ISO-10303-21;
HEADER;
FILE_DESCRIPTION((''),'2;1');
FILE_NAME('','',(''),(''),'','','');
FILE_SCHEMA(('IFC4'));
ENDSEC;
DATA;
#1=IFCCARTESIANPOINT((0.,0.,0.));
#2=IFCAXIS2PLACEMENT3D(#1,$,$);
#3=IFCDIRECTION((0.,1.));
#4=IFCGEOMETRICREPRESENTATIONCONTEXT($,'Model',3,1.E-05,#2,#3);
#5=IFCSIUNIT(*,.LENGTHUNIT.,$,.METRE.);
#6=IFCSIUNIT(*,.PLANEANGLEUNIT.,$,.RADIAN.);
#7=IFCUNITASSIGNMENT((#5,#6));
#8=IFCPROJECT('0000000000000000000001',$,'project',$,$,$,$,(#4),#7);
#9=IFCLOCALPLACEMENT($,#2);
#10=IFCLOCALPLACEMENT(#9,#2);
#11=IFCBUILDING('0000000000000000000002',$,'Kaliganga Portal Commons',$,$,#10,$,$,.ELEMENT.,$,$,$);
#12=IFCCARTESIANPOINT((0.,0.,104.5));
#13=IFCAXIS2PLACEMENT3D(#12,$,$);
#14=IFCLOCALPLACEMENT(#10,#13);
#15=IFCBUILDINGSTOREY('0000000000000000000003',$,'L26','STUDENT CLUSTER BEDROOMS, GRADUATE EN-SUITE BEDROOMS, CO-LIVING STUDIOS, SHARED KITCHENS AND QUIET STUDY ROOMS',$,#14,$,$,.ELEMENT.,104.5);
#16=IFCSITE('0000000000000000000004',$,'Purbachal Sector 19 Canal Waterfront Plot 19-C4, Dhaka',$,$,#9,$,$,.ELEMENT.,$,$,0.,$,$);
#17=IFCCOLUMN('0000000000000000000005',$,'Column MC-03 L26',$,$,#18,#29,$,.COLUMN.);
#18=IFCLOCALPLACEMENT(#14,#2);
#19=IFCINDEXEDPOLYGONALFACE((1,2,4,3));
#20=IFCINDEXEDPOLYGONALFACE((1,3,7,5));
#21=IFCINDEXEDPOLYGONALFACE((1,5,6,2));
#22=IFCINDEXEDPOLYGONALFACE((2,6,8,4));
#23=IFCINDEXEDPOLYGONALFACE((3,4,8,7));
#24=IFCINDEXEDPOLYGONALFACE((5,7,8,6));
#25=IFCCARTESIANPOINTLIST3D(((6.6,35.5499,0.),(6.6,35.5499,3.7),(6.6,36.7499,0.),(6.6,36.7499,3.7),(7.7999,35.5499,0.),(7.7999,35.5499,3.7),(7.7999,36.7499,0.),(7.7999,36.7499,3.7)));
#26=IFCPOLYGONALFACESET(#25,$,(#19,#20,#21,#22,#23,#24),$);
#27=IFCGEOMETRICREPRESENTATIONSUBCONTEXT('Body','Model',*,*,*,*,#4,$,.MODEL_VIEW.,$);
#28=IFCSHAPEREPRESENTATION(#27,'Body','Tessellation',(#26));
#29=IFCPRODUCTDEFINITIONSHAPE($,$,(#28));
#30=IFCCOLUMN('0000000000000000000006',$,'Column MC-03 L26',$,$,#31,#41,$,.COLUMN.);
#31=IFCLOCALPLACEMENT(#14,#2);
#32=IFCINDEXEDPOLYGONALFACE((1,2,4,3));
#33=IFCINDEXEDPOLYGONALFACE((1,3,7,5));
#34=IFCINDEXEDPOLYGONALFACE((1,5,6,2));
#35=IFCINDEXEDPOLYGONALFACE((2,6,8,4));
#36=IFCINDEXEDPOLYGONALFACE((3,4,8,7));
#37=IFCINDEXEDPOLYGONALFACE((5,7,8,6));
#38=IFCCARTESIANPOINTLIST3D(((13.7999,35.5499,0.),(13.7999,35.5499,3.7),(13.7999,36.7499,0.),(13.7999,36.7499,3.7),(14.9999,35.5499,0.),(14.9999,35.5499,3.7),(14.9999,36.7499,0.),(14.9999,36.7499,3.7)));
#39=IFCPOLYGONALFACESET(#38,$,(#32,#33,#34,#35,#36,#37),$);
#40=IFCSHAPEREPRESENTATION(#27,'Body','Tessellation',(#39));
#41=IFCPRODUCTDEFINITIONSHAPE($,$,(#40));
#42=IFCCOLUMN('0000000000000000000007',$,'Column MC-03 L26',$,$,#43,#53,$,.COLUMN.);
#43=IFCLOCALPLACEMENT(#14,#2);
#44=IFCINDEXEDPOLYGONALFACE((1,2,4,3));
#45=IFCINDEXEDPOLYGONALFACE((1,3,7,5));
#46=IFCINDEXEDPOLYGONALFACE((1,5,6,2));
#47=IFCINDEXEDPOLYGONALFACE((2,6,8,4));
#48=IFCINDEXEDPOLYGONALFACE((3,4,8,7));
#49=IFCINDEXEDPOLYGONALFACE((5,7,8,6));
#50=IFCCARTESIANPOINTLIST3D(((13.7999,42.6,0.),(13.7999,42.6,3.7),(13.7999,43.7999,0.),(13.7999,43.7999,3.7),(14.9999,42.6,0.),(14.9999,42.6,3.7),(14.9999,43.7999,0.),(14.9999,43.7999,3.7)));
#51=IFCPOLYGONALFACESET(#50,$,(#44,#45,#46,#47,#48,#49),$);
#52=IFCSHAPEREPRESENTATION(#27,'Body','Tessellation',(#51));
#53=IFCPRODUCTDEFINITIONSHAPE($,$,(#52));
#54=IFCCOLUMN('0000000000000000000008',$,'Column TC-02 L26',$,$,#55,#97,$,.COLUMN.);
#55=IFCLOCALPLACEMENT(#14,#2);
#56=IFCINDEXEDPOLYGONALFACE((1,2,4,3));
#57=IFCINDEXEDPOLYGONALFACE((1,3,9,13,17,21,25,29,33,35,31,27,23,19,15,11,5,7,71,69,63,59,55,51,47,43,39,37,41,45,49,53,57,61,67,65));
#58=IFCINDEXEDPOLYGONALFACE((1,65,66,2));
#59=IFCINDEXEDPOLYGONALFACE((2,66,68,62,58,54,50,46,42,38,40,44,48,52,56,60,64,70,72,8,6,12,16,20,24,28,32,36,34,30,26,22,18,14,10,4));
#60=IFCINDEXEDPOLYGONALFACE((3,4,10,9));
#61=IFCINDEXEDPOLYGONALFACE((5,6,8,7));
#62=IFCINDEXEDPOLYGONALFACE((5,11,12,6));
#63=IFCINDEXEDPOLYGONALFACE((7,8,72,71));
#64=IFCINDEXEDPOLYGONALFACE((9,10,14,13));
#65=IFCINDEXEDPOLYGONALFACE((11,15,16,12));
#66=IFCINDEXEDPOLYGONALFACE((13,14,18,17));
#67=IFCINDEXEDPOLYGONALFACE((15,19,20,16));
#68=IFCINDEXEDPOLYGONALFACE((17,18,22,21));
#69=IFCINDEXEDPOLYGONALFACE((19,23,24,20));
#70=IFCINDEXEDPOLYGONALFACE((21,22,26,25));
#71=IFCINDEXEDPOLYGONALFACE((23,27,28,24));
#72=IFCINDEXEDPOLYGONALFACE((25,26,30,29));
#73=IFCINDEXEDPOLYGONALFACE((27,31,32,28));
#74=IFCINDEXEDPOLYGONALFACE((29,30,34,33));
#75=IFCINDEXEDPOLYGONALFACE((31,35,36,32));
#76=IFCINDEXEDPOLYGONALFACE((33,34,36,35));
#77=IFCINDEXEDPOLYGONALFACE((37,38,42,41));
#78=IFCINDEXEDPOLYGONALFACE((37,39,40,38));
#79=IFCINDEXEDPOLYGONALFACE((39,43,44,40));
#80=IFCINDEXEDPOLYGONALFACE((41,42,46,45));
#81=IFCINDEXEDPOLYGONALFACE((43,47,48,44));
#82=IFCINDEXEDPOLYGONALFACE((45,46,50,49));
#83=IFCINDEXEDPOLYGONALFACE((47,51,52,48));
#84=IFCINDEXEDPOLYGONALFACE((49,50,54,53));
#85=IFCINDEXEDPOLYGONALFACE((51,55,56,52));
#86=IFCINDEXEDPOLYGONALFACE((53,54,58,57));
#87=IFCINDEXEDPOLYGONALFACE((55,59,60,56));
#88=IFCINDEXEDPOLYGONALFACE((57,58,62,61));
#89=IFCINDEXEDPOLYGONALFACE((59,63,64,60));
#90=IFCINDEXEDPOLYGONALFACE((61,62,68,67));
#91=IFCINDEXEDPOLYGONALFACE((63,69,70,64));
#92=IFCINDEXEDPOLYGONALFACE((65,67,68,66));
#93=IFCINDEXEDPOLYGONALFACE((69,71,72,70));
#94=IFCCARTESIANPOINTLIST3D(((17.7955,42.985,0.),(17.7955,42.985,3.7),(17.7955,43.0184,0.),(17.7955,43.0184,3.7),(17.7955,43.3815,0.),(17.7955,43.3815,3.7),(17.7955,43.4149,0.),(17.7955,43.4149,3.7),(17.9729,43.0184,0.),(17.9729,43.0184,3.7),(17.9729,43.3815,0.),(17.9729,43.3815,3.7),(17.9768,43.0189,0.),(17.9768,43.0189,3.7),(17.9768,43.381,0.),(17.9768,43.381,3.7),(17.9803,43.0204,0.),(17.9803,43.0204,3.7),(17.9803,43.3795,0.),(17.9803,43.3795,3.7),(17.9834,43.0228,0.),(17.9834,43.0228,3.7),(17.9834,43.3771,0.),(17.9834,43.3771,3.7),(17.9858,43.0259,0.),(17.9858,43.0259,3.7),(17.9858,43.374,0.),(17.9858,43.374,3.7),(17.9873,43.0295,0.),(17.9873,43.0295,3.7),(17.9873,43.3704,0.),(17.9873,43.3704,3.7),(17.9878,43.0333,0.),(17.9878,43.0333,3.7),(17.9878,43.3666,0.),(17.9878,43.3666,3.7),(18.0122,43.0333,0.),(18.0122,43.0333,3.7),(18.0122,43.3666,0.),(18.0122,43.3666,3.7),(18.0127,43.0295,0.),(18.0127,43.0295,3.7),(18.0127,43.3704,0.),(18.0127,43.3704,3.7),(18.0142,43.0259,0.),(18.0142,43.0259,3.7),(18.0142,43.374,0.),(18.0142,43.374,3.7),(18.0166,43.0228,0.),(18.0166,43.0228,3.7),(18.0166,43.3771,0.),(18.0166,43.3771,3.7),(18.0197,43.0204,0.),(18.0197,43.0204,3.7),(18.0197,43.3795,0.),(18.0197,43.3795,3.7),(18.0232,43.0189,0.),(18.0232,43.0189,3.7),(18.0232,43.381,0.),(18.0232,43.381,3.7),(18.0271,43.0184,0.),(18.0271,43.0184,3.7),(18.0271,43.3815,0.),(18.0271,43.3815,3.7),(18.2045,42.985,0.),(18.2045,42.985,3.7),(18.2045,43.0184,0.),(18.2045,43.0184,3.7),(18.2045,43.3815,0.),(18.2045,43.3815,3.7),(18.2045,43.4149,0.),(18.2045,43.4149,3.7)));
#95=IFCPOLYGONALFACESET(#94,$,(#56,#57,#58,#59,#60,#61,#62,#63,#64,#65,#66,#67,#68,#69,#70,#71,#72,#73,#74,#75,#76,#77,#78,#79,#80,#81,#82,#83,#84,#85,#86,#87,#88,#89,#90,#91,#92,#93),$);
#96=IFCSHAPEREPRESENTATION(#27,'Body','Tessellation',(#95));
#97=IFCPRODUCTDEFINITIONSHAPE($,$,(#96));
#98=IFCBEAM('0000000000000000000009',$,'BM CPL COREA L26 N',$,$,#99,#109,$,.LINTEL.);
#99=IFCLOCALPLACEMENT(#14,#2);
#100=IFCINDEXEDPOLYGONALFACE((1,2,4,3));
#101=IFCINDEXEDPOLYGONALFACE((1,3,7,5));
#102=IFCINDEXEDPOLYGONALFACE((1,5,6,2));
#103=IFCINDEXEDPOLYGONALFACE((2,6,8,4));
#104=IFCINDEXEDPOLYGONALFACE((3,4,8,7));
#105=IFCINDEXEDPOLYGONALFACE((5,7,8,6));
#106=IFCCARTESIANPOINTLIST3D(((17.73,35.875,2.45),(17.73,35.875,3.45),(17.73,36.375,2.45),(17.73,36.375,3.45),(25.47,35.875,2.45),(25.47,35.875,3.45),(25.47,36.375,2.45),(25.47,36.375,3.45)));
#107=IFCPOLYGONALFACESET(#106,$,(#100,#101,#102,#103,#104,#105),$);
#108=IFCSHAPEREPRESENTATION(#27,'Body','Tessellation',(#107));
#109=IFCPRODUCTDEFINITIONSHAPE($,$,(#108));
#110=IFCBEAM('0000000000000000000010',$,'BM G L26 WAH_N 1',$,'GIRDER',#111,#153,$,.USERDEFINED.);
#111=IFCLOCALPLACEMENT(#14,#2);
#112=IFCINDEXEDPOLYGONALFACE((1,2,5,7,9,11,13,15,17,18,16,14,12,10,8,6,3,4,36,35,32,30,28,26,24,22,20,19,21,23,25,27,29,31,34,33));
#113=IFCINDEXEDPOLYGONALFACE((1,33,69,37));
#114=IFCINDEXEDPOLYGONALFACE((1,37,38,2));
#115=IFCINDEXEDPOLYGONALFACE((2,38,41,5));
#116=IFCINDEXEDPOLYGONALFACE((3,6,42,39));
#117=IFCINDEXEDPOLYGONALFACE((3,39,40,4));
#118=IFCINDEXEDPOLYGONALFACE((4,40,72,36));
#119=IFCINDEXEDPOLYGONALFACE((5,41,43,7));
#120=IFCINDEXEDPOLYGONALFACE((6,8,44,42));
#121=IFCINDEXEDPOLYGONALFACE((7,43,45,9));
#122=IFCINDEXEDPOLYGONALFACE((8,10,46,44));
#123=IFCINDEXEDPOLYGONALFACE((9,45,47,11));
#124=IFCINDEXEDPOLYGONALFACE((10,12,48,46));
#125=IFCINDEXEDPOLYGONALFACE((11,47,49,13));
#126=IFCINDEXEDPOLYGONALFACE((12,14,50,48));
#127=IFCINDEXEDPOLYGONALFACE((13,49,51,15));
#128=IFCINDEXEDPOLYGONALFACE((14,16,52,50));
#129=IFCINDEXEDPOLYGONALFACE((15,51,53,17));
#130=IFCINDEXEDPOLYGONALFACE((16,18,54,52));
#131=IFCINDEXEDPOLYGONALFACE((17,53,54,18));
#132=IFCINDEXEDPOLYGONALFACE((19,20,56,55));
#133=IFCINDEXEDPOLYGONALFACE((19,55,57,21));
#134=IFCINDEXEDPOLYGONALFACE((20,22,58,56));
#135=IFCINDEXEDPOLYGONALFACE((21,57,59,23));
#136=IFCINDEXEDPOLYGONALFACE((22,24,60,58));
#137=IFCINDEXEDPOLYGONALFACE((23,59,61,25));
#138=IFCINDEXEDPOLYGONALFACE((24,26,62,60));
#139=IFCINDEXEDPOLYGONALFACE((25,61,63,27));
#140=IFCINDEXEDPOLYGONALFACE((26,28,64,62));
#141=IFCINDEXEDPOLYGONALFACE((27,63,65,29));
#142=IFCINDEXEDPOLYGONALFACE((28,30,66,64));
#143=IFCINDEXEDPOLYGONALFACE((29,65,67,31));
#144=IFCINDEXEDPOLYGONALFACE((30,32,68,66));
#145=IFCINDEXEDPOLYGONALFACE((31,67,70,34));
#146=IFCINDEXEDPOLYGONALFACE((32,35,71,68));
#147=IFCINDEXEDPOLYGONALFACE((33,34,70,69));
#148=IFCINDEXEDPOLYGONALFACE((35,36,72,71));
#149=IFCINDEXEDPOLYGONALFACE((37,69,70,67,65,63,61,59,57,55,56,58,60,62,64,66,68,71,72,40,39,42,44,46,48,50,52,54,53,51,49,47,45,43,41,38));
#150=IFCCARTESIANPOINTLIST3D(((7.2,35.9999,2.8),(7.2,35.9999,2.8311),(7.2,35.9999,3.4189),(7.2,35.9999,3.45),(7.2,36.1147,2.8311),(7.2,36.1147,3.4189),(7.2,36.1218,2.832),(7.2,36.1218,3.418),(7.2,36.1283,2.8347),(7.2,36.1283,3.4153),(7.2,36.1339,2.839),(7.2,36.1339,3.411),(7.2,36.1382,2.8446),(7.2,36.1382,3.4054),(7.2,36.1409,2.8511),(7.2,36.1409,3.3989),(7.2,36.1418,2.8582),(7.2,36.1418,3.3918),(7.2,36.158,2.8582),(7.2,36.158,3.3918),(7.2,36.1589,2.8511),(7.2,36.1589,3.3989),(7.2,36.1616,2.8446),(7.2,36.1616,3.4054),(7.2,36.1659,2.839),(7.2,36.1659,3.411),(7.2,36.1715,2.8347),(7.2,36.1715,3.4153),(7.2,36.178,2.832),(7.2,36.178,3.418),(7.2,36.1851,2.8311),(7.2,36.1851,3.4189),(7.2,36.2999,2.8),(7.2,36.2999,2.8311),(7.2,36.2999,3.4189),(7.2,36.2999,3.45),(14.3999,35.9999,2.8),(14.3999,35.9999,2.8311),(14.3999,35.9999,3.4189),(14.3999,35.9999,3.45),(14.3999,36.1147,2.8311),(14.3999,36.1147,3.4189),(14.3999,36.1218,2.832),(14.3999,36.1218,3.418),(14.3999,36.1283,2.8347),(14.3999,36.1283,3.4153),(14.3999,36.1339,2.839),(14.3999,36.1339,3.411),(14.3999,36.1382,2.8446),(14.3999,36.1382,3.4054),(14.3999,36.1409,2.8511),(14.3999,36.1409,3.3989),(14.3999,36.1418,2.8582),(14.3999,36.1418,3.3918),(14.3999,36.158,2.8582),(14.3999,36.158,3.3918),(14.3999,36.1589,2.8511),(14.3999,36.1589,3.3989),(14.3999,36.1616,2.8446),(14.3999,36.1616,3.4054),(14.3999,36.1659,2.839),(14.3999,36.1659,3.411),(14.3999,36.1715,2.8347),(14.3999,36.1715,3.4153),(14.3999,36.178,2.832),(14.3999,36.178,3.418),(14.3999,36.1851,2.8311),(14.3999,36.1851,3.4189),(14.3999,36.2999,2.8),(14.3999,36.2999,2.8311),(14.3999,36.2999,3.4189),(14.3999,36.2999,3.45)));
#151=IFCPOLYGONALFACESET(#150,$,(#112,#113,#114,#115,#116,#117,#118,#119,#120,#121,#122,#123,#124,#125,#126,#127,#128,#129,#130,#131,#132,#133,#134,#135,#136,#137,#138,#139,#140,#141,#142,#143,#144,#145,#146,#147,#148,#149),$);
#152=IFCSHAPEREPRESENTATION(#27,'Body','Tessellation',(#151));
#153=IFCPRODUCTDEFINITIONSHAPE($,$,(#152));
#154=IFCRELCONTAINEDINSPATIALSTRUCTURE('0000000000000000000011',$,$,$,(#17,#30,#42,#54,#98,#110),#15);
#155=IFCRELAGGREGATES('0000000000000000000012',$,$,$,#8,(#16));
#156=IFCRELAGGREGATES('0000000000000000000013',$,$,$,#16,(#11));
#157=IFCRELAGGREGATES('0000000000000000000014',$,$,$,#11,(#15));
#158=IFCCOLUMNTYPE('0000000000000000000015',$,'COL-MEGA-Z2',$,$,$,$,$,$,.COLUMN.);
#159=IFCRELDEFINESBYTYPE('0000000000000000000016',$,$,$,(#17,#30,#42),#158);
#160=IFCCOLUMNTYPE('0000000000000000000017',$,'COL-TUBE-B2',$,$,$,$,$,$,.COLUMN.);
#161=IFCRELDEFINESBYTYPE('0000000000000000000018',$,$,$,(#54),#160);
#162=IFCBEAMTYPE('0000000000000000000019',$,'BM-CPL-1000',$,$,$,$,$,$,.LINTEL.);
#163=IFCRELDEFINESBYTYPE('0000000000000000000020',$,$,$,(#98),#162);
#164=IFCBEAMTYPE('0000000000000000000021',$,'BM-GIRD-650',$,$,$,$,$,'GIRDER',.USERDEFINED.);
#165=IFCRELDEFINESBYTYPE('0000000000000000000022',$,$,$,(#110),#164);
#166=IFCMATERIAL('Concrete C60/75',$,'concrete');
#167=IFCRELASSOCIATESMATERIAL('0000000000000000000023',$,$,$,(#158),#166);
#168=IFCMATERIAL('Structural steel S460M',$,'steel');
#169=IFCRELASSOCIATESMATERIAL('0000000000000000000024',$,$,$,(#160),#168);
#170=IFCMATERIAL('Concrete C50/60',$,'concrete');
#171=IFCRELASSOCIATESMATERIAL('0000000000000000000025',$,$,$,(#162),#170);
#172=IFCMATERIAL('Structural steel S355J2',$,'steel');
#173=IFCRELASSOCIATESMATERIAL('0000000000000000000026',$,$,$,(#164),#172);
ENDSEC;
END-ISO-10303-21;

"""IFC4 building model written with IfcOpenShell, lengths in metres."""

from ifc_helpers import new_model, si_unit, direction, frame, origin, origin_2d, place, context, subcontext, project, spatial, rectangle, i_section, extrude, source, transform, mapped, material, material_profile, profile_set, type_object, element, save


model = new_model("IFC4")

# Units and contexts
model_context = context("Model", 3, precision=1e-05, world=origin(), true_north=direction((0.0, 1.0)))
body_context = subcontext(model_context, "Body", "Model", "MODEL_VIEW")
ifc_project = project(units=[si_unit("LENGTHUNIT", "METRE"), si_unit("PLANEANGLEUNIT", "RADIAN")], contexts=[model_context])

# Site, building, storey
site_placement = place(None, origin())
site = spatial("IfcSite", under=ifc_project, at=site_placement, Name="Purbachal Sector 19 Canal Waterfront Plot 19-C4, Dhaka", CompositionType="ELEMENT", RefElevation=0.0)
building_placement = place(site_placement, origin())
building = spatial("IfcBuilding", under=site, at=building_placement, Name="Kaliganga Portal Commons", CompositionType="ELEMENT")
storey_placement = place(building_placement, frame((0.0, 0.0, 104.5)))
storey = spatial("IfcBuildingStorey", under=building, at=storey_placement, Name="L26", Description="STUDENT CLUSTER BEDROOMS, GRADUATE EN-SUITE BEDROOMS, CO-LIVING STUDIOS, SHARED KITCHENS AND QUIET STUDY ROOMS", CompositionType="ELEMENT", Elevation=104.5)

# Columns
ifc_material_1 = material(Name="Concrete C60/75", Category="concrete")
ifc_material_profile_1 = material_profile(ifc_material_1, rectangle(XDim=1.2, YDim=1.2, at=origin_2d()), Name="RC 1200x1200")
ifc_profile_set_1 = profile_set([ifc_material_profile_1], Name="Concrete C60/75")
column_type_1 = type_object("IfcColumnType", Name="COL-MEGA-Z2", PredefinedType="COLUMN", material=ifc_profile_set_1)
shared_shape_1 = source(origin(), body_context, "Body", "SweptSolid", [
    extrude(rectangle(XDim=1.2, YDim=1.2, at=origin_2d()), origin(), (0.0, 0.0, 1.0), 3.7),
])
for number, where, z_axis, x_axis, name in (
    (1, (7.2, 36.1499, 0.0), (0.0, 0.0, 1.0), (1.0, 0.0, 0.0), "Column MC-03 L26"),
    (2, (14.3999, 36.1499, 0.0), (0.0, 0.0, 1.0), (1.0, 0.0, 0.0), "Column MC-03 L26"),
    (3, (14.3999, 43.2, 0.0), (0.0, 0.0, 1.0), (1.0, 0.0, 0.0), "Column MC-03 L26"),
):
    element("IfcColumn", number, at=place(storey_placement, frame(where, z_axis=z_axis, x_axis=x_axis)), inside=storey, type_object=column_type_1, Name=name, PredefinedType="COLUMN", context=body_context, shape_type="MappedRepresentation", body=[
        mapped(shared_shape_1, transform((0.0, 0.0, 0.0), x_axis=(1.0, 0.0, 0.0), y_axis=(0.0, 1.0, 0.0), z_axis=(0.0, 0.0, 1.0), scale=1.0)),
    ])
ifc_material_2 = material(Name="Structural steel S460M", Category="steel")
ifc_material_profile_2 = material_profile(ifc_material_2, i_section(OverallWidth=0.4089, OverallDepth=0.4299, WebThickness=0.0244, FlangeThickness=0.0334, FilletRadius=0.0149, at=origin_2d()), Name="HD 400x421")
ifc_profile_set_2 = profile_set([ifc_material_profile_2], Name="Structural steel S460M wide-flange")
column_type_2 = type_object("IfcColumnType", Name="COL-TUBE-B2", PredefinedType="COLUMN", material=ifc_profile_set_2)
shared_shape_2 = source(origin(), body_context, "Body", "SweptSolid", [
    extrude(i_section(OverallWidth=0.4089, OverallDepth=0.4299, WebThickness=0.0244, FlangeThickness=0.0334, FilletRadius=0.0149, at=origin_2d()), origin(), (0.0, 0.0, 1.0), 3.7),
])
column_placement = place(storey_placement, frame((18.0, 43.2, 0.0), z_axis=(0.0, 0.0, 1.0), x_axis=(1.0, 0.0, 0.0)))
element("IfcColumn", 4, at=column_placement, inside=storey, type_object=column_type_2, Name="Column TC-02 L26", PredefinedType="COLUMN", context=body_context, shape_type="MappedRepresentation", body=[
    mapped(shared_shape_2, transform((0.0, 0.0, 0.0), x_axis=(1.0, 0.0, 0.0), y_axis=(0.0, 1.0, 0.0), z_axis=(0.0, 0.0, 1.0), scale=1.0)),
])

# Beams
ifc_material_3 = material(Name="Concrete C50/60", Category="concrete")
ifc_material_profile_3 = material_profile(ifc_material_3, rectangle(XDim=0.5, YDim=1.0, at=origin_2d()), Name="RC 500x1000")
ifc_profile_set_3 = profile_set([ifc_material_profile_3], Name="Concrete C50/60")
beam_type_1 = type_object("IfcBeamType", Name="BM-CPL-1000", PredefinedType="LINTEL", material=ifc_profile_set_3)
shared_shape_3 = source(origin(), body_context, "Body", "SweptSolid", [
    extrude(rectangle(XDim=0.5, YDim=1.0, at=origin_2d()), origin(), (0.0, 0.0, 1.0), 7.74),
])
beam_1_placement = place(storey_placement, frame((17.73, 36.125, 2.95), z_axis=(1.0, 0.0, 0.0), x_axis=(0.0, 1.0, 0.0)))
element("IfcBeam", 5, at=beam_1_placement, inside=storey, type_object=beam_type_1, Name="BM CPL COREA L26 N", PredefinedType="LINTEL", context=body_context, shape_type="MappedRepresentation", body=[
    mapped(shared_shape_3, transform((0.0, 0.0, 0.0), x_axis=(1.0, 0.0, 0.0), y_axis=(0.0, 1.0, 0.0), z_axis=(0.0, 0.0, 1.0), scale=1.0)),
])
ifc_material_4 = material(Name="Structural steel S355J2", Category="steel")
ifc_material_profile_4 = material_profile(ifc_material_4, i_section(OverallWidth=0.3, OverallDepth=0.6499, WebThickness=0.0161, FlangeThickness=0.031, FilletRadius=0.0271, at=origin_2d()), Name="HE 650 B")
ifc_profile_set_4 = profile_set([ifc_material_profile_4], Name="Structural steel S355J2 wide-flange")
beam_type_2 = type_object("IfcBeamType", Name="BM-GIRD-650", ElementType="GIRDER", PredefinedType="USERDEFINED", material=ifc_profile_set_4)
shared_shape_4 = source(origin(), body_context, "Body", "SweptSolid", [
    extrude(i_section(OverallWidth=0.3, OverallDepth=0.6499, WebThickness=0.0161, FlangeThickness=0.031, FilletRadius=0.0271, at=origin_2d()), origin(), (0.0, 0.0, 1.0), 7.2),
])
beam_2_placement = place(storey_placement, frame((7.2, 36.1499, 3.125), z_axis=(1.0, 0.0, 0.0), x_axis=(0.0, 1.0, 0.0)))
element("IfcBeam", 6, at=beam_2_placement, inside=storey, type_object=beam_type_2, Name="BM G L26 WAH_N 1", ObjectType="GIRDER", PredefinedType="USERDEFINED", context=body_context, shape_type="MappedRepresentation", body=[
    mapped(shared_shape_4, transform((0.0, 0.0, 0.0), x_axis=(1.0, 0.0, 0.0), y_axis=(0.0, 1.0, 0.0), z_axis=(0.0, 0.0, 1.0), scale=1.0)),
])

save(model, "model.ifc")
